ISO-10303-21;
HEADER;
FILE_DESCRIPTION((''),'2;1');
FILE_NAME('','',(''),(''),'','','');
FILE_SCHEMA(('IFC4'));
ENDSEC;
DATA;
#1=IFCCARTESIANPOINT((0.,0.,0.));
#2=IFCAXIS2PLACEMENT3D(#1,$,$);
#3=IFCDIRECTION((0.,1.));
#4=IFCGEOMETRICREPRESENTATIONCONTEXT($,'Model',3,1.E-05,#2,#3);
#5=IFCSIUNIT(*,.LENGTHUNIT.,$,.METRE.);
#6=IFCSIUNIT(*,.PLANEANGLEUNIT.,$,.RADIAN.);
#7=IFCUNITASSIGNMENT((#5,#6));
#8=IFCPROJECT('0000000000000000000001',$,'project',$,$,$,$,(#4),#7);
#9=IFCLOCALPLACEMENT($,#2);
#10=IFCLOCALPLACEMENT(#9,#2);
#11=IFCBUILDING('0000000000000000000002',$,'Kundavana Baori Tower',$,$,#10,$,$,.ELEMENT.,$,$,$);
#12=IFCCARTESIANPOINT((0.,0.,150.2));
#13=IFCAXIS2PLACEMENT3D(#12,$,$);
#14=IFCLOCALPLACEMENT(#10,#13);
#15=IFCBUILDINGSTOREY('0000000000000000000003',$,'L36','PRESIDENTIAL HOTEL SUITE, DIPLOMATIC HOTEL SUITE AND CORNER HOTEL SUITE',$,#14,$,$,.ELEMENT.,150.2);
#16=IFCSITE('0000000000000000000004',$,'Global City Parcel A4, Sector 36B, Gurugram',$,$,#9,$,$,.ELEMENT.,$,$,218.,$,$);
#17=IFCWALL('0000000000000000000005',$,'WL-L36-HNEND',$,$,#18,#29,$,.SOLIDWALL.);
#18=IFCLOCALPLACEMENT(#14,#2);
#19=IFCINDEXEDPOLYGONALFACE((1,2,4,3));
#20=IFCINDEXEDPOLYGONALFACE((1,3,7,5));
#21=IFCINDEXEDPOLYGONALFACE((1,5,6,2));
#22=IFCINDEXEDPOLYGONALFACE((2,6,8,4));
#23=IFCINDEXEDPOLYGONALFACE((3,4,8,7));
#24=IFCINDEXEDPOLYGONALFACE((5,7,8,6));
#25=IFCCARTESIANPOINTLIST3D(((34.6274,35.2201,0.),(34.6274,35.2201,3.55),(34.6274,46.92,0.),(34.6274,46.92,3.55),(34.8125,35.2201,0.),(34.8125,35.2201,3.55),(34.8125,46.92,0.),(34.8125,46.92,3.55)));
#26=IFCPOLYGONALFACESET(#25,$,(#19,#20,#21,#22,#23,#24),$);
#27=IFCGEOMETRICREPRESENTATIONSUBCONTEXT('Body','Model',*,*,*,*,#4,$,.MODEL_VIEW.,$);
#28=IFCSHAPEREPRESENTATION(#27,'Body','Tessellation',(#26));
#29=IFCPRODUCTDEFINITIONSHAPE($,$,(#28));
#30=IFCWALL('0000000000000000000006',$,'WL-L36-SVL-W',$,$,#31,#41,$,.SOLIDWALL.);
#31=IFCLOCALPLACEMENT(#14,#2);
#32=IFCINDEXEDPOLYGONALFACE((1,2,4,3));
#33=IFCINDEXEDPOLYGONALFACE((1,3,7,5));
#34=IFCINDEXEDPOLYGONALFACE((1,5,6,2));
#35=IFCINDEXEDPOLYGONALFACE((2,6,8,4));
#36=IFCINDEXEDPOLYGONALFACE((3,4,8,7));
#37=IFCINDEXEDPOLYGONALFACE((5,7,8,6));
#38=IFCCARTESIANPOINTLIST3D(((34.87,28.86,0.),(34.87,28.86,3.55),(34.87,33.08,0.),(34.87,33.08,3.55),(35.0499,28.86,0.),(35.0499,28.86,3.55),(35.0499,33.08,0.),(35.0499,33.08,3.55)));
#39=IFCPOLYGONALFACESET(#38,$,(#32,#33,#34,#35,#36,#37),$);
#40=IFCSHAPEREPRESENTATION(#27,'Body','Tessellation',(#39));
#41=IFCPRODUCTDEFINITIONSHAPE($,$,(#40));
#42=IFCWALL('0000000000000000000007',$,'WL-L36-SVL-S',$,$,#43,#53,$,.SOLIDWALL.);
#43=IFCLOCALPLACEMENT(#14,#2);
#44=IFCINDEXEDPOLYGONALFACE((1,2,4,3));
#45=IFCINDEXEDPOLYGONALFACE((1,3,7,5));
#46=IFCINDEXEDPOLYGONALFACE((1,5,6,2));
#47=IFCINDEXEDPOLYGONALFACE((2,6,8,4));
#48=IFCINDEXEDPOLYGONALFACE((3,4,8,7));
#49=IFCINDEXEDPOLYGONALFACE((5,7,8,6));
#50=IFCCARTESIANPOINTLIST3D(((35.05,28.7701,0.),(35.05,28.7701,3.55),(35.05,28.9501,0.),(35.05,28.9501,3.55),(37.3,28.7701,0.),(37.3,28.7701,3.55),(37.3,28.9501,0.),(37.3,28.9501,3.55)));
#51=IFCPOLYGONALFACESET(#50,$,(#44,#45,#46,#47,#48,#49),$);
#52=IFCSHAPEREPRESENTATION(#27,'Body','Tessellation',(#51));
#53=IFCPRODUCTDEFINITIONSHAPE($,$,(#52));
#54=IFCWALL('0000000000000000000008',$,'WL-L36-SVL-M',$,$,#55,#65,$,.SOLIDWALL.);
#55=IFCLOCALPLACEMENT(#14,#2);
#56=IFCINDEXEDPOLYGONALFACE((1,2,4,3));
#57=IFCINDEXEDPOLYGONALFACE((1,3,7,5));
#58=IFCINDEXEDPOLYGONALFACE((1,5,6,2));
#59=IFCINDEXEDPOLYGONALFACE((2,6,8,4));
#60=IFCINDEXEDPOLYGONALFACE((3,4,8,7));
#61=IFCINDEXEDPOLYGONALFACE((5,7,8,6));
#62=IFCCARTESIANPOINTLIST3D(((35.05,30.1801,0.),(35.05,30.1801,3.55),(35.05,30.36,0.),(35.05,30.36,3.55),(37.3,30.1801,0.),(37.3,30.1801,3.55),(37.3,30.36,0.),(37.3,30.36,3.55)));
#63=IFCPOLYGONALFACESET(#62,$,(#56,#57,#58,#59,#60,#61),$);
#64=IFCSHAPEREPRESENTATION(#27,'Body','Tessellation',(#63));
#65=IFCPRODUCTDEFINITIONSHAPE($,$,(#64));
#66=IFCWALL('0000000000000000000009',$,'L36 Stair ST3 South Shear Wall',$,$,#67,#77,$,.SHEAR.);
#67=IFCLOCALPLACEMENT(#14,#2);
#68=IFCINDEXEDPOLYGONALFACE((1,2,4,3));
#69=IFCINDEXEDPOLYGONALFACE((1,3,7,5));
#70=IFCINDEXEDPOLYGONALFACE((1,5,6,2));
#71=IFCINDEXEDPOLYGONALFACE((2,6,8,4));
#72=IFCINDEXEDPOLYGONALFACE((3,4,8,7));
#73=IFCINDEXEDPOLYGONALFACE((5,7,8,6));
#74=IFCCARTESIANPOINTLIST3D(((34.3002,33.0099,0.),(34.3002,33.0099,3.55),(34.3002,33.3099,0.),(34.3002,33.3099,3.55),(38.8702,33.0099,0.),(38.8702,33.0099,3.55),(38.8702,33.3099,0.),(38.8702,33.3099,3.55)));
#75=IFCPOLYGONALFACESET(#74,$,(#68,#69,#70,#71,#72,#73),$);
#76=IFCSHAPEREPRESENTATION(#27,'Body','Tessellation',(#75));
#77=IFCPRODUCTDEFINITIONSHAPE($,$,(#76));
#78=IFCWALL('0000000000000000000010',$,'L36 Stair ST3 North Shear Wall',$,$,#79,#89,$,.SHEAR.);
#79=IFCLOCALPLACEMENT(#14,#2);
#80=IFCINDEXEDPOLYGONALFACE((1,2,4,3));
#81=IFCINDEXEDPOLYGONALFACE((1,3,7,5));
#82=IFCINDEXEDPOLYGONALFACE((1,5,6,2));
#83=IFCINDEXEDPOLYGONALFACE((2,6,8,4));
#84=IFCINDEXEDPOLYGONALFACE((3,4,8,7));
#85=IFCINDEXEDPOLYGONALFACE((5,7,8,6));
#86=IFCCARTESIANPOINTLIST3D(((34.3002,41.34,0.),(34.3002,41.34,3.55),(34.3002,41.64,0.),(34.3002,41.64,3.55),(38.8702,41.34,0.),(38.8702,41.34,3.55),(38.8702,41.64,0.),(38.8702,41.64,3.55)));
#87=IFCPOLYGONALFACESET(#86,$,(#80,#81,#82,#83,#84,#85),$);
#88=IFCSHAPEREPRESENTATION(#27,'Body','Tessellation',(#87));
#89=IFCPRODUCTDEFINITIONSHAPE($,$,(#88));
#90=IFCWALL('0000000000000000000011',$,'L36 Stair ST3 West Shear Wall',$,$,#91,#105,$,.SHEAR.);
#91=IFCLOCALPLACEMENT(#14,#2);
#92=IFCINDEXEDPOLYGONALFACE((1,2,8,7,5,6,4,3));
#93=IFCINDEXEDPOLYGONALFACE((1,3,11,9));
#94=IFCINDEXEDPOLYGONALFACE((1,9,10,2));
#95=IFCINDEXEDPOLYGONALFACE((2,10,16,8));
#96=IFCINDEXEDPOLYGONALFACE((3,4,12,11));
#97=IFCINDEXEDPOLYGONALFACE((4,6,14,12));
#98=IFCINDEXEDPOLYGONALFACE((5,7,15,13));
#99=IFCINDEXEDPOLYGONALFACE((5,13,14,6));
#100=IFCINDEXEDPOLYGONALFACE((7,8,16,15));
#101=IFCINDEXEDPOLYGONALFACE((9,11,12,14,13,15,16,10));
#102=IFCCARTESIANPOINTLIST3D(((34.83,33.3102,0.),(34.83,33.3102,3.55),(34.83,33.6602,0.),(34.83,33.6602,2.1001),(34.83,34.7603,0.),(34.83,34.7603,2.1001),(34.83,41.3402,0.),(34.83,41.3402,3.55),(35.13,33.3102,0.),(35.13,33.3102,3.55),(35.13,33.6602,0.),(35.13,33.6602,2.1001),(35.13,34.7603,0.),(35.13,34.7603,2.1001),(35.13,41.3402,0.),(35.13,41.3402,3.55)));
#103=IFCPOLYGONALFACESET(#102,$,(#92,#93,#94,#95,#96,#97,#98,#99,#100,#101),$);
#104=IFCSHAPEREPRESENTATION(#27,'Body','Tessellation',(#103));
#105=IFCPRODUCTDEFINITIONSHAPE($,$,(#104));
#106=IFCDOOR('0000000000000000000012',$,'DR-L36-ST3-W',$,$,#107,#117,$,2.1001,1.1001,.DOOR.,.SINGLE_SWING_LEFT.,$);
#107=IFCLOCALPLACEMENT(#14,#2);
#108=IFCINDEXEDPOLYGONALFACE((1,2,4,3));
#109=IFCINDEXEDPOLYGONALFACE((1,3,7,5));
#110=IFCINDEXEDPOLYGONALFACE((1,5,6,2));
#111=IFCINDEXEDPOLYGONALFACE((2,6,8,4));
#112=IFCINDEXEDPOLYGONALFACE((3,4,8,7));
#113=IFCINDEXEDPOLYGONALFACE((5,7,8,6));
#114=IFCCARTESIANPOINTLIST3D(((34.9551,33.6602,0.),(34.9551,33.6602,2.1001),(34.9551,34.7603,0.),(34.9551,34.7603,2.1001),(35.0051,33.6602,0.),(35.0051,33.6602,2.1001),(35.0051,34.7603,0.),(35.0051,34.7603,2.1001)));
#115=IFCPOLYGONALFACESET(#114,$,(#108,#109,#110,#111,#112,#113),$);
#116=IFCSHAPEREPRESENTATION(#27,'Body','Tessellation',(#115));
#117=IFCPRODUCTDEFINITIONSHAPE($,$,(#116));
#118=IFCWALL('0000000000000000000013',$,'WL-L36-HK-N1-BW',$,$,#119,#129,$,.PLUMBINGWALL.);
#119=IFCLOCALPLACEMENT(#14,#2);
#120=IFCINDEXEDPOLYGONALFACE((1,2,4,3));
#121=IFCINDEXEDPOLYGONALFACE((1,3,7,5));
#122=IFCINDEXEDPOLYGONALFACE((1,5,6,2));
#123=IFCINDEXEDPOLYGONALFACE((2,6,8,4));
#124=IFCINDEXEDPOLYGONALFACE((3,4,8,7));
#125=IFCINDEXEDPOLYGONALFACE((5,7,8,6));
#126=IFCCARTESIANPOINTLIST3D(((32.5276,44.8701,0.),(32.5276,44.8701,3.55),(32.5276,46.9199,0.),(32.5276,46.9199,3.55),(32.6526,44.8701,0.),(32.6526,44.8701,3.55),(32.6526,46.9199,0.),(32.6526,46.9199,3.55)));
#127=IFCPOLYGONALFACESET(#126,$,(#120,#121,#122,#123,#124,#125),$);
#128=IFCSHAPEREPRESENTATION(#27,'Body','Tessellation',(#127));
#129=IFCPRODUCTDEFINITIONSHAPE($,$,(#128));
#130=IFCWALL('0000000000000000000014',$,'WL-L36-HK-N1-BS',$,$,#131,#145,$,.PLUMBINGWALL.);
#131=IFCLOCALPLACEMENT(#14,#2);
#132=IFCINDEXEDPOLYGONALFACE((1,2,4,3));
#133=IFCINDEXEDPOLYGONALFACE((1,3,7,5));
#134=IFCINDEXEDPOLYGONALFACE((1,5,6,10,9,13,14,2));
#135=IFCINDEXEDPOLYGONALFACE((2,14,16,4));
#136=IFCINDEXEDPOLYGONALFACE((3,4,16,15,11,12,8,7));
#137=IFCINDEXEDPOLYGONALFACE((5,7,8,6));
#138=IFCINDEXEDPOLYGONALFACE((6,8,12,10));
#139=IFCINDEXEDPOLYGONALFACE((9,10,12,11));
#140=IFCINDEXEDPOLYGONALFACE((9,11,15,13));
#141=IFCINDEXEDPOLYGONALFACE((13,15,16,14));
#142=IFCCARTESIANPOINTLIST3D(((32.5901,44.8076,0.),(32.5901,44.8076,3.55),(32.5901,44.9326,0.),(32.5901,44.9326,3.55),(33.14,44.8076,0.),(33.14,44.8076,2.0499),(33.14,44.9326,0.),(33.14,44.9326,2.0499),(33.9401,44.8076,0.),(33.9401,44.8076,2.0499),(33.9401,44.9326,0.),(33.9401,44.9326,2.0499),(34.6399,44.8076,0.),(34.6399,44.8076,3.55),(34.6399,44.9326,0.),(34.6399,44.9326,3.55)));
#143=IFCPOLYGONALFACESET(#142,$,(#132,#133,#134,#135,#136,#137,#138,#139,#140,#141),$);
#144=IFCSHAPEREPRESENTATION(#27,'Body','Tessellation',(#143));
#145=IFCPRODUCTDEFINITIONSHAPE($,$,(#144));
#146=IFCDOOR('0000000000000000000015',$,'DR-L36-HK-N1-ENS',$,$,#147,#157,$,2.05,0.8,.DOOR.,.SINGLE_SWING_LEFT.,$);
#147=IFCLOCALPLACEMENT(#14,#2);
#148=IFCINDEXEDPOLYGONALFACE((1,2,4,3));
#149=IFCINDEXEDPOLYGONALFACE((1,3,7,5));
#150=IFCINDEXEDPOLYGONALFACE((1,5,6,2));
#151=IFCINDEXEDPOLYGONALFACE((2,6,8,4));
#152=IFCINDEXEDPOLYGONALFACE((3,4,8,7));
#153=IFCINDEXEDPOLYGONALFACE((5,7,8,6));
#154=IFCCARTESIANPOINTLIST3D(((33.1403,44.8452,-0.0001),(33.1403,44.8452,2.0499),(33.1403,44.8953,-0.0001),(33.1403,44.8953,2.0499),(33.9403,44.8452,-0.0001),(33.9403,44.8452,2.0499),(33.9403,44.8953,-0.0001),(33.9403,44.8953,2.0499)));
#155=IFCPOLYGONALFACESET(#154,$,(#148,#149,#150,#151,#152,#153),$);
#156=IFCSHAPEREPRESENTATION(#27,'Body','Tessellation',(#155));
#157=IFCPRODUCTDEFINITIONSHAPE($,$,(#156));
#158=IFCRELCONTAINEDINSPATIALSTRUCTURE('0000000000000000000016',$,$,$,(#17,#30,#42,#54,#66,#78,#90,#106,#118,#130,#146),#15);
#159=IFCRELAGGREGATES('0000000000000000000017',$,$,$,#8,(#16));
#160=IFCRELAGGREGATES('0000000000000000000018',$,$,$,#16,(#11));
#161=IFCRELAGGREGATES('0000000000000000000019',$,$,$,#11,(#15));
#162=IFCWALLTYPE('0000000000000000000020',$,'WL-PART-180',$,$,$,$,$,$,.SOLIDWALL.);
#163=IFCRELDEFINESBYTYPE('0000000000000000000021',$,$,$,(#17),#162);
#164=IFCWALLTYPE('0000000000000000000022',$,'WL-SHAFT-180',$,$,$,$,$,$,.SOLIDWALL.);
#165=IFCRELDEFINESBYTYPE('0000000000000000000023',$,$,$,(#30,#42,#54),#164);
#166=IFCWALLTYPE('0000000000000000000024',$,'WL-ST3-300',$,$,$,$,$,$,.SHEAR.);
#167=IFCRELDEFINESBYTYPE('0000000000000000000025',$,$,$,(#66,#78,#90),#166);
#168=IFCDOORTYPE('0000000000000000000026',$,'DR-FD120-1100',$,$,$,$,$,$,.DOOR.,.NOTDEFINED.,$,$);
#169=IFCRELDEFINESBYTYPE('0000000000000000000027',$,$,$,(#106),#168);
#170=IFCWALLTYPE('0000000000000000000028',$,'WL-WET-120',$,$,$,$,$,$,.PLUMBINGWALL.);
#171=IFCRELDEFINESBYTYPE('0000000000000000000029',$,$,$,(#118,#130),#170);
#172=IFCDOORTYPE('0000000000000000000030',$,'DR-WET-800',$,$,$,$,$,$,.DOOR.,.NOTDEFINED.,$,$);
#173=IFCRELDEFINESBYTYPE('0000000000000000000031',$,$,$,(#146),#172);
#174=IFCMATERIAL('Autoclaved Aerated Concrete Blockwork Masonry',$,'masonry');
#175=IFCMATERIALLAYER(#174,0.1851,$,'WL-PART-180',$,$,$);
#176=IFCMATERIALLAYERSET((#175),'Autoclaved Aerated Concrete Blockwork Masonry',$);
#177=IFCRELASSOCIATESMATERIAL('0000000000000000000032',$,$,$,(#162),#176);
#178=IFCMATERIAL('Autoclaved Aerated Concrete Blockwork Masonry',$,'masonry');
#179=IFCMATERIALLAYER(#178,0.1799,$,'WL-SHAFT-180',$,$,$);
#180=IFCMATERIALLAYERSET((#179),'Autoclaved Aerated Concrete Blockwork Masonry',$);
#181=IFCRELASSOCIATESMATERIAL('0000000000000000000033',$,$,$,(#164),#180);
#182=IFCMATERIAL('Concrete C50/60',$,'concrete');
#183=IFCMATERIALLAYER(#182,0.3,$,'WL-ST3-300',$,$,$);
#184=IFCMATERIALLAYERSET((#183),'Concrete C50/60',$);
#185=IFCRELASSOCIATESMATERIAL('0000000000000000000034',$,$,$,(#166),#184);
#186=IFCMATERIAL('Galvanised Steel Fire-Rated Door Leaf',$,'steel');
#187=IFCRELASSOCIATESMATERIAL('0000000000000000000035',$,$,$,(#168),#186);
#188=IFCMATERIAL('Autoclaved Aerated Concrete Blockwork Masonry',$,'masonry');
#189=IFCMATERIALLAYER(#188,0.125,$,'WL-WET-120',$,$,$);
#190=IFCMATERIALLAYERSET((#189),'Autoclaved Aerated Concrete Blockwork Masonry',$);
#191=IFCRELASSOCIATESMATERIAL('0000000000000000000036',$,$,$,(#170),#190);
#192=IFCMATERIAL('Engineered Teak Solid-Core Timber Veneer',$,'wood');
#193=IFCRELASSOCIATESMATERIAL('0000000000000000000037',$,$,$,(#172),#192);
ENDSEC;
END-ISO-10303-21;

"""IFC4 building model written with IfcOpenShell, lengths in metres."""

from ifc_helpers import new_model, si_unit, direction, frame, frame_2d, origin, place, context, subcontext, project, spatial, rectangle, extrude, material, layer, layer_set, type_object, element, fill, save


model = new_model("IFC4")

# Units and contexts
model_context = context("Model", 3, precision=1e-05, world=origin(), true_north=direction((0.0, 1.0)))
body_context = subcontext(model_context, "Body", "Model", "MODEL_VIEW")
ifc_project = project(units=[si_unit("LENGTHUNIT", "METRE"), si_unit("PLANEANGLEUNIT", "RADIAN")], contexts=[model_context])

# Site, building, storey
site_placement = place(None, origin())
site = spatial("IfcSite", under=ifc_project, at=site_placement, Name="Global City Parcel A4, Sector 36B, Gurugram", CompositionType="ELEMENT", RefElevation=218.0)
building_placement = place(site_placement, origin())
building = spatial("IfcBuilding", under=site, at=building_placement, Name="Kundavana Baori Tower", CompositionType="ELEMENT")
storey_placement = place(building_placement, frame((0.0, 0.0, 150.2)))
storey = spatial("IfcBuildingStorey", under=building, at=storey_placement, Name="L36", Description="PRESIDENTIAL HOTEL SUITE, DIPLOMATIC HOTEL SUITE AND CORNER HOTEL SUITE", CompositionType="ELEMENT", Elevation=150.2)

# Shared definitions
ifc_material_1 = material(Name="Autoclaved Aerated Concrete Blockwork Masonry", Category="masonry")
ifc_layer_1 = layer(ifc_material_1, 0.1851, Name="WL-PART-180")
ifc_layer_set_1 = layer_set([ifc_layer_1], Name="Autoclaved Aerated Concrete Blockwork Masonry")
wall_type_1 = type_object("IfcWallType", Name="WL-PART-180", PredefinedType="SOLIDWALL", material=ifc_layer_set_1)

# Walls
wall_1_placement = place(storey_placement, frame((34.72, 35.22, 0.0), z_axis=(0.0, 0.0, 1.0), x_axis=(0.0, 1.0, 0.0)))
element("IfcWall", 1, at=wall_1_placement, inside=storey, type_object=wall_type_1, Name="WL-L36-HNEND", PredefinedType="SOLIDWALL", context=body_context, shape_type="SweptSolid", body=[
    extrude(rectangle(XDim=11.7, YDim=0.1851, at=frame_2d((5.8501, 0.0))), origin(), (0.0, 0.0, 1.0), 3.55),
])
ifc_material_2 = material(Name="Autoclaved Aerated Concrete Blockwork Masonry", Category="masonry")
ifc_layer_2 = layer(ifc_material_2, 0.1799, Name="WL-SHAFT-180")
ifc_layer_set_2 = layer_set([ifc_layer_2], Name="Autoclaved Aerated Concrete Blockwork Masonry")
wall_type_2 = type_object("IfcWallType", Name="WL-SHAFT-180", PredefinedType="SOLIDWALL", material=ifc_layer_set_2)
wall_2_placement = place(storey_placement, frame((34.96, 28.8601, 0.0), z_axis=(0.0, 0.0, 1.0), x_axis=(0.0, 1.0, 0.0)))
element("IfcWall", 2, at=wall_2_placement, inside=storey, type_object=wall_type_2, Name="WL-L36-SVL-W", PredefinedType="SOLIDWALL", context=body_context, shape_type="SweptSolid", body=[
    extrude(rectangle(XDim=4.22, YDim=0.1799, at=frame_2d((2.1099, 0.0))), origin(), (0.0, 0.0, 1.0), 3.55),
])
for number, where, z_axis, x_axis, name in (
    (3, (35.05, 28.8601, 0.0), (0.0, 0.0, 1.0), (1.0, 0.0, 0.0), "WL-L36-SVL-S"),
    (4, (35.05, 30.27, 0.0), (0.0, 0.0, 1.0), (1.0, 0.0, 0.0), "WL-L36-SVL-M"),
):
    element("IfcWall", number, at=place(storey_placement, frame(where, z_axis=z_axis, x_axis=x_axis)), inside=storey, type_object=wall_type_2, Name=name, PredefinedType="SOLIDWALL", context=body_context, shape_type="SweptSolid", body=[
        extrude(rectangle(XDim=2.25, YDim=0.1799, at=frame_2d((1.125, 0.0))), origin(), (0.0, 0.0, 1.0), 3.55),
    ])
ifc_material_3 = material(Name="Concrete C50/60", Category="concrete")
ifc_layer_3 = layer(ifc_material_3, 0.3, Name="WL-ST3-300")
ifc_layer_set_3 = layer_set([ifc_layer_3], Name="Concrete C50/60")
wall_type_3 = type_object("IfcWallType", Name="WL-ST3-300", PredefinedType="SHEAR", material=ifc_layer_set_3)
for number, where, z_axis, x_axis, name in (
    (5, (34.3, 33.1599, 0.0), (0.0, 0.0, 1.0), (1.0, 0.0, 0.0), "L36 Stair ST3 South Shear Wall"),
    (6, (34.3, 41.49, 0.0), (0.0, 0.0, 1.0), (1.0, 0.0, 0.0), "L36 Stair ST3 North Shear Wall"),
):
    element("IfcWall", number, at=place(storey_placement, frame(where, z_axis=z_axis, x_axis=x_axis)), inside=storey, type_object=wall_type_3, Name=name, PredefinedType="SHEAR", context=body_context, shape_type="SweptSolid", body=[
        extrude(rectangle(XDim=4.5701, YDim=0.3, at=frame_2d((2.2852, 0.0))), origin(), (0.0, 0.0, 1.0), 3.55),
    ])

# Wall, opening, door
wall_3_placement = place(storey_placement, frame((34.98, 33.3101, 0.0), z_axis=(0.0, 0.0, 1.0), x_axis=(0.0, 1.0, 0.0)))
wall_3 = element("IfcWall", 7, at=wall_3_placement, inside=storey, type_object=wall_type_3, Name="L36 Stair ST3 West Shear Wall", PredefinedType="SHEAR", context=body_context, shape_type="SweptSolid", body=[
    extrude(rectangle(XDim=8.03, YDim=0.3, at=frame_2d((4.0151, 0.0))), origin(), (0.0, 0.0, 1.0), 3.55),
])
opening_1_placement = place(wall_3_placement, frame((0.3501, 0.0, 0.0)))
opening_1 = element("IfcOpeningElement", 8, at=opening_1_placement, cuts=wall_3, PredefinedType="OPENING", context=body_context, shape_type="SweptSolid", body=[
    extrude(rectangle(XDim=1.1001, YDim=2.1001, at=frame_2d((0.55, 1.05))), frame((0.0, 0.1602, 0.0), z_axis=(0.0, -1.0, 0.0), x_axis=(1.0, 0.0, 0.0)), (0.0, 0.0, 1.0), 0.3201),
])
ifc_material_4 = material(Name="Galvanised Steel Fire-Rated Door Leaf", Category="steel")
door_type_1 = type_object("IfcDoorType", Name="DR-FD120-1100", OperationType="NOTDEFINED", PredefinedType="DOOR", material=ifc_material_4)
door_1_placement = place(opening_1_placement, origin())
door_1 = element("IfcDoor", 9, at=door_1_placement, inside=storey, type_object=door_type_1, Name="DR-L36-ST3-W", OperationType="SINGLE_SWING_LEFT", OverallHeight=2.1001, OverallWidth=1.1001, PredefinedType="DOOR", context=body_context, shape_type="SweptSolid", body=[
    extrude(rectangle(XDim=1.1001, YDim=2.1001, at=frame_2d((0.55, 1.05))), frame((0.0, 0.0249, 0.0), z_axis=(0.0, -1.0, 0.0), x_axis=(1.0, 0.0, 0.0)), (0.0, 0.0, 1.0), 0.05),
])
fill(opening_1, door_1)

# Wall
ifc_material_5 = material(Name="Autoclaved Aerated Concrete Blockwork Masonry", Category="masonry")
ifc_layer_4 = layer(ifc_material_5, 0.125, Name="WL-WET-120")
ifc_layer_set_4 = layer_set([ifc_layer_4], Name="Autoclaved Aerated Concrete Blockwork Masonry")
wall_type_4 = type_object("IfcWallType", Name="WL-WET-120", PredefinedType="PLUMBINGWALL", material=ifc_layer_set_4)
wall_4_placement = place(storey_placement, frame((32.5901, 44.8701, 0.0), z_axis=(0.0, 0.0, 1.0), x_axis=(0.0, 1.0, 0.0)))
element("IfcWall", 10, at=wall_4_placement, inside=storey, type_object=wall_type_4, Name="WL-L36-HK-N1-BW", PredefinedType="PLUMBINGWALL", context=body_context, shape_type="SweptSolid", body=[
    extrude(rectangle(XDim=2.0498, YDim=0.125, at=frame_2d((1.0249, 0.0))), origin(), (0.0, 0.0, 1.0), 3.55),
])

# Wall, opening, door
wall_5_placement = place(storey_placement, frame((32.5901, 44.8701, 0.0), z_axis=(0.0, 0.0, 1.0), x_axis=(1.0, 0.0, 0.0)))
wall_5 = element("IfcWall", 11, at=wall_5_placement, inside=storey, type_object=wall_type_4, Name="WL-L36-HK-N1-BS", PredefinedType="PLUMBINGWALL", context=body_context, shape_type="SweptSolid", body=[
    extrude(rectangle(XDim=2.0498, YDim=0.125, at=frame_2d((1.0249, 0.0))), origin(), (0.0, 0.0, 1.0), 3.55),
])
opening_2_placement = place(wall_5_placement, frame((0.55, 0.0, 0.0)))
opening_2 = element("IfcOpeningElement", 12, at=opening_2_placement, cuts=wall_5, PredefinedType="OPENING", context=body_context, shape_type="SweptSolid", body=[
    extrude(rectangle(XDim=0.8, YDim=2.05, at=frame_2d((0.3999, 1.0249))), frame((0.0, 0.0725, 0.0), z_axis=(0.0, -1.0, 0.0), x_axis=(1.0, 0.0, 0.0)), (0.0, 0.0, 1.0), 0.145),
])
ifc_material_6 = material(Name="Engineered Teak Solid-Core Timber Veneer", Category="wood")
door_type_2 = type_object("IfcDoorType", Name="DR-WET-800", OperationType="NOTDEFINED", PredefinedType="DOOR", material=ifc_material_6)
door_2_placement = place(opening_2_placement, frame((0.8, 0.0, 0.0), z_axis=(0.0, 0.0, 1.0), x_axis=(-1.0, 0.0, 0.0)))
door_2 = element("IfcDoor", 13, at=door_2_placement, inside=storey, type_object=door_type_2, Name="DR-L36-HK-N1-ENS", OperationType="SINGLE_SWING_LEFT", OverallHeight=2.05, OverallWidth=0.8, PredefinedType="DOOR", context=body_context, shape_type="SweptSolid", body=[
    extrude(rectangle(XDim=0.8, YDim=2.05, at=frame_2d((0.3999, 1.0249))), frame((0.0, 0.0249, 0.0), z_axis=(0.0, -1.0, 0.0), x_axis=(1.0, 0.0, 0.0)), (0.0, 0.0, 1.0), 0.05),
])
fill(opening_2, door_2)

save(model, "model.ifc")
